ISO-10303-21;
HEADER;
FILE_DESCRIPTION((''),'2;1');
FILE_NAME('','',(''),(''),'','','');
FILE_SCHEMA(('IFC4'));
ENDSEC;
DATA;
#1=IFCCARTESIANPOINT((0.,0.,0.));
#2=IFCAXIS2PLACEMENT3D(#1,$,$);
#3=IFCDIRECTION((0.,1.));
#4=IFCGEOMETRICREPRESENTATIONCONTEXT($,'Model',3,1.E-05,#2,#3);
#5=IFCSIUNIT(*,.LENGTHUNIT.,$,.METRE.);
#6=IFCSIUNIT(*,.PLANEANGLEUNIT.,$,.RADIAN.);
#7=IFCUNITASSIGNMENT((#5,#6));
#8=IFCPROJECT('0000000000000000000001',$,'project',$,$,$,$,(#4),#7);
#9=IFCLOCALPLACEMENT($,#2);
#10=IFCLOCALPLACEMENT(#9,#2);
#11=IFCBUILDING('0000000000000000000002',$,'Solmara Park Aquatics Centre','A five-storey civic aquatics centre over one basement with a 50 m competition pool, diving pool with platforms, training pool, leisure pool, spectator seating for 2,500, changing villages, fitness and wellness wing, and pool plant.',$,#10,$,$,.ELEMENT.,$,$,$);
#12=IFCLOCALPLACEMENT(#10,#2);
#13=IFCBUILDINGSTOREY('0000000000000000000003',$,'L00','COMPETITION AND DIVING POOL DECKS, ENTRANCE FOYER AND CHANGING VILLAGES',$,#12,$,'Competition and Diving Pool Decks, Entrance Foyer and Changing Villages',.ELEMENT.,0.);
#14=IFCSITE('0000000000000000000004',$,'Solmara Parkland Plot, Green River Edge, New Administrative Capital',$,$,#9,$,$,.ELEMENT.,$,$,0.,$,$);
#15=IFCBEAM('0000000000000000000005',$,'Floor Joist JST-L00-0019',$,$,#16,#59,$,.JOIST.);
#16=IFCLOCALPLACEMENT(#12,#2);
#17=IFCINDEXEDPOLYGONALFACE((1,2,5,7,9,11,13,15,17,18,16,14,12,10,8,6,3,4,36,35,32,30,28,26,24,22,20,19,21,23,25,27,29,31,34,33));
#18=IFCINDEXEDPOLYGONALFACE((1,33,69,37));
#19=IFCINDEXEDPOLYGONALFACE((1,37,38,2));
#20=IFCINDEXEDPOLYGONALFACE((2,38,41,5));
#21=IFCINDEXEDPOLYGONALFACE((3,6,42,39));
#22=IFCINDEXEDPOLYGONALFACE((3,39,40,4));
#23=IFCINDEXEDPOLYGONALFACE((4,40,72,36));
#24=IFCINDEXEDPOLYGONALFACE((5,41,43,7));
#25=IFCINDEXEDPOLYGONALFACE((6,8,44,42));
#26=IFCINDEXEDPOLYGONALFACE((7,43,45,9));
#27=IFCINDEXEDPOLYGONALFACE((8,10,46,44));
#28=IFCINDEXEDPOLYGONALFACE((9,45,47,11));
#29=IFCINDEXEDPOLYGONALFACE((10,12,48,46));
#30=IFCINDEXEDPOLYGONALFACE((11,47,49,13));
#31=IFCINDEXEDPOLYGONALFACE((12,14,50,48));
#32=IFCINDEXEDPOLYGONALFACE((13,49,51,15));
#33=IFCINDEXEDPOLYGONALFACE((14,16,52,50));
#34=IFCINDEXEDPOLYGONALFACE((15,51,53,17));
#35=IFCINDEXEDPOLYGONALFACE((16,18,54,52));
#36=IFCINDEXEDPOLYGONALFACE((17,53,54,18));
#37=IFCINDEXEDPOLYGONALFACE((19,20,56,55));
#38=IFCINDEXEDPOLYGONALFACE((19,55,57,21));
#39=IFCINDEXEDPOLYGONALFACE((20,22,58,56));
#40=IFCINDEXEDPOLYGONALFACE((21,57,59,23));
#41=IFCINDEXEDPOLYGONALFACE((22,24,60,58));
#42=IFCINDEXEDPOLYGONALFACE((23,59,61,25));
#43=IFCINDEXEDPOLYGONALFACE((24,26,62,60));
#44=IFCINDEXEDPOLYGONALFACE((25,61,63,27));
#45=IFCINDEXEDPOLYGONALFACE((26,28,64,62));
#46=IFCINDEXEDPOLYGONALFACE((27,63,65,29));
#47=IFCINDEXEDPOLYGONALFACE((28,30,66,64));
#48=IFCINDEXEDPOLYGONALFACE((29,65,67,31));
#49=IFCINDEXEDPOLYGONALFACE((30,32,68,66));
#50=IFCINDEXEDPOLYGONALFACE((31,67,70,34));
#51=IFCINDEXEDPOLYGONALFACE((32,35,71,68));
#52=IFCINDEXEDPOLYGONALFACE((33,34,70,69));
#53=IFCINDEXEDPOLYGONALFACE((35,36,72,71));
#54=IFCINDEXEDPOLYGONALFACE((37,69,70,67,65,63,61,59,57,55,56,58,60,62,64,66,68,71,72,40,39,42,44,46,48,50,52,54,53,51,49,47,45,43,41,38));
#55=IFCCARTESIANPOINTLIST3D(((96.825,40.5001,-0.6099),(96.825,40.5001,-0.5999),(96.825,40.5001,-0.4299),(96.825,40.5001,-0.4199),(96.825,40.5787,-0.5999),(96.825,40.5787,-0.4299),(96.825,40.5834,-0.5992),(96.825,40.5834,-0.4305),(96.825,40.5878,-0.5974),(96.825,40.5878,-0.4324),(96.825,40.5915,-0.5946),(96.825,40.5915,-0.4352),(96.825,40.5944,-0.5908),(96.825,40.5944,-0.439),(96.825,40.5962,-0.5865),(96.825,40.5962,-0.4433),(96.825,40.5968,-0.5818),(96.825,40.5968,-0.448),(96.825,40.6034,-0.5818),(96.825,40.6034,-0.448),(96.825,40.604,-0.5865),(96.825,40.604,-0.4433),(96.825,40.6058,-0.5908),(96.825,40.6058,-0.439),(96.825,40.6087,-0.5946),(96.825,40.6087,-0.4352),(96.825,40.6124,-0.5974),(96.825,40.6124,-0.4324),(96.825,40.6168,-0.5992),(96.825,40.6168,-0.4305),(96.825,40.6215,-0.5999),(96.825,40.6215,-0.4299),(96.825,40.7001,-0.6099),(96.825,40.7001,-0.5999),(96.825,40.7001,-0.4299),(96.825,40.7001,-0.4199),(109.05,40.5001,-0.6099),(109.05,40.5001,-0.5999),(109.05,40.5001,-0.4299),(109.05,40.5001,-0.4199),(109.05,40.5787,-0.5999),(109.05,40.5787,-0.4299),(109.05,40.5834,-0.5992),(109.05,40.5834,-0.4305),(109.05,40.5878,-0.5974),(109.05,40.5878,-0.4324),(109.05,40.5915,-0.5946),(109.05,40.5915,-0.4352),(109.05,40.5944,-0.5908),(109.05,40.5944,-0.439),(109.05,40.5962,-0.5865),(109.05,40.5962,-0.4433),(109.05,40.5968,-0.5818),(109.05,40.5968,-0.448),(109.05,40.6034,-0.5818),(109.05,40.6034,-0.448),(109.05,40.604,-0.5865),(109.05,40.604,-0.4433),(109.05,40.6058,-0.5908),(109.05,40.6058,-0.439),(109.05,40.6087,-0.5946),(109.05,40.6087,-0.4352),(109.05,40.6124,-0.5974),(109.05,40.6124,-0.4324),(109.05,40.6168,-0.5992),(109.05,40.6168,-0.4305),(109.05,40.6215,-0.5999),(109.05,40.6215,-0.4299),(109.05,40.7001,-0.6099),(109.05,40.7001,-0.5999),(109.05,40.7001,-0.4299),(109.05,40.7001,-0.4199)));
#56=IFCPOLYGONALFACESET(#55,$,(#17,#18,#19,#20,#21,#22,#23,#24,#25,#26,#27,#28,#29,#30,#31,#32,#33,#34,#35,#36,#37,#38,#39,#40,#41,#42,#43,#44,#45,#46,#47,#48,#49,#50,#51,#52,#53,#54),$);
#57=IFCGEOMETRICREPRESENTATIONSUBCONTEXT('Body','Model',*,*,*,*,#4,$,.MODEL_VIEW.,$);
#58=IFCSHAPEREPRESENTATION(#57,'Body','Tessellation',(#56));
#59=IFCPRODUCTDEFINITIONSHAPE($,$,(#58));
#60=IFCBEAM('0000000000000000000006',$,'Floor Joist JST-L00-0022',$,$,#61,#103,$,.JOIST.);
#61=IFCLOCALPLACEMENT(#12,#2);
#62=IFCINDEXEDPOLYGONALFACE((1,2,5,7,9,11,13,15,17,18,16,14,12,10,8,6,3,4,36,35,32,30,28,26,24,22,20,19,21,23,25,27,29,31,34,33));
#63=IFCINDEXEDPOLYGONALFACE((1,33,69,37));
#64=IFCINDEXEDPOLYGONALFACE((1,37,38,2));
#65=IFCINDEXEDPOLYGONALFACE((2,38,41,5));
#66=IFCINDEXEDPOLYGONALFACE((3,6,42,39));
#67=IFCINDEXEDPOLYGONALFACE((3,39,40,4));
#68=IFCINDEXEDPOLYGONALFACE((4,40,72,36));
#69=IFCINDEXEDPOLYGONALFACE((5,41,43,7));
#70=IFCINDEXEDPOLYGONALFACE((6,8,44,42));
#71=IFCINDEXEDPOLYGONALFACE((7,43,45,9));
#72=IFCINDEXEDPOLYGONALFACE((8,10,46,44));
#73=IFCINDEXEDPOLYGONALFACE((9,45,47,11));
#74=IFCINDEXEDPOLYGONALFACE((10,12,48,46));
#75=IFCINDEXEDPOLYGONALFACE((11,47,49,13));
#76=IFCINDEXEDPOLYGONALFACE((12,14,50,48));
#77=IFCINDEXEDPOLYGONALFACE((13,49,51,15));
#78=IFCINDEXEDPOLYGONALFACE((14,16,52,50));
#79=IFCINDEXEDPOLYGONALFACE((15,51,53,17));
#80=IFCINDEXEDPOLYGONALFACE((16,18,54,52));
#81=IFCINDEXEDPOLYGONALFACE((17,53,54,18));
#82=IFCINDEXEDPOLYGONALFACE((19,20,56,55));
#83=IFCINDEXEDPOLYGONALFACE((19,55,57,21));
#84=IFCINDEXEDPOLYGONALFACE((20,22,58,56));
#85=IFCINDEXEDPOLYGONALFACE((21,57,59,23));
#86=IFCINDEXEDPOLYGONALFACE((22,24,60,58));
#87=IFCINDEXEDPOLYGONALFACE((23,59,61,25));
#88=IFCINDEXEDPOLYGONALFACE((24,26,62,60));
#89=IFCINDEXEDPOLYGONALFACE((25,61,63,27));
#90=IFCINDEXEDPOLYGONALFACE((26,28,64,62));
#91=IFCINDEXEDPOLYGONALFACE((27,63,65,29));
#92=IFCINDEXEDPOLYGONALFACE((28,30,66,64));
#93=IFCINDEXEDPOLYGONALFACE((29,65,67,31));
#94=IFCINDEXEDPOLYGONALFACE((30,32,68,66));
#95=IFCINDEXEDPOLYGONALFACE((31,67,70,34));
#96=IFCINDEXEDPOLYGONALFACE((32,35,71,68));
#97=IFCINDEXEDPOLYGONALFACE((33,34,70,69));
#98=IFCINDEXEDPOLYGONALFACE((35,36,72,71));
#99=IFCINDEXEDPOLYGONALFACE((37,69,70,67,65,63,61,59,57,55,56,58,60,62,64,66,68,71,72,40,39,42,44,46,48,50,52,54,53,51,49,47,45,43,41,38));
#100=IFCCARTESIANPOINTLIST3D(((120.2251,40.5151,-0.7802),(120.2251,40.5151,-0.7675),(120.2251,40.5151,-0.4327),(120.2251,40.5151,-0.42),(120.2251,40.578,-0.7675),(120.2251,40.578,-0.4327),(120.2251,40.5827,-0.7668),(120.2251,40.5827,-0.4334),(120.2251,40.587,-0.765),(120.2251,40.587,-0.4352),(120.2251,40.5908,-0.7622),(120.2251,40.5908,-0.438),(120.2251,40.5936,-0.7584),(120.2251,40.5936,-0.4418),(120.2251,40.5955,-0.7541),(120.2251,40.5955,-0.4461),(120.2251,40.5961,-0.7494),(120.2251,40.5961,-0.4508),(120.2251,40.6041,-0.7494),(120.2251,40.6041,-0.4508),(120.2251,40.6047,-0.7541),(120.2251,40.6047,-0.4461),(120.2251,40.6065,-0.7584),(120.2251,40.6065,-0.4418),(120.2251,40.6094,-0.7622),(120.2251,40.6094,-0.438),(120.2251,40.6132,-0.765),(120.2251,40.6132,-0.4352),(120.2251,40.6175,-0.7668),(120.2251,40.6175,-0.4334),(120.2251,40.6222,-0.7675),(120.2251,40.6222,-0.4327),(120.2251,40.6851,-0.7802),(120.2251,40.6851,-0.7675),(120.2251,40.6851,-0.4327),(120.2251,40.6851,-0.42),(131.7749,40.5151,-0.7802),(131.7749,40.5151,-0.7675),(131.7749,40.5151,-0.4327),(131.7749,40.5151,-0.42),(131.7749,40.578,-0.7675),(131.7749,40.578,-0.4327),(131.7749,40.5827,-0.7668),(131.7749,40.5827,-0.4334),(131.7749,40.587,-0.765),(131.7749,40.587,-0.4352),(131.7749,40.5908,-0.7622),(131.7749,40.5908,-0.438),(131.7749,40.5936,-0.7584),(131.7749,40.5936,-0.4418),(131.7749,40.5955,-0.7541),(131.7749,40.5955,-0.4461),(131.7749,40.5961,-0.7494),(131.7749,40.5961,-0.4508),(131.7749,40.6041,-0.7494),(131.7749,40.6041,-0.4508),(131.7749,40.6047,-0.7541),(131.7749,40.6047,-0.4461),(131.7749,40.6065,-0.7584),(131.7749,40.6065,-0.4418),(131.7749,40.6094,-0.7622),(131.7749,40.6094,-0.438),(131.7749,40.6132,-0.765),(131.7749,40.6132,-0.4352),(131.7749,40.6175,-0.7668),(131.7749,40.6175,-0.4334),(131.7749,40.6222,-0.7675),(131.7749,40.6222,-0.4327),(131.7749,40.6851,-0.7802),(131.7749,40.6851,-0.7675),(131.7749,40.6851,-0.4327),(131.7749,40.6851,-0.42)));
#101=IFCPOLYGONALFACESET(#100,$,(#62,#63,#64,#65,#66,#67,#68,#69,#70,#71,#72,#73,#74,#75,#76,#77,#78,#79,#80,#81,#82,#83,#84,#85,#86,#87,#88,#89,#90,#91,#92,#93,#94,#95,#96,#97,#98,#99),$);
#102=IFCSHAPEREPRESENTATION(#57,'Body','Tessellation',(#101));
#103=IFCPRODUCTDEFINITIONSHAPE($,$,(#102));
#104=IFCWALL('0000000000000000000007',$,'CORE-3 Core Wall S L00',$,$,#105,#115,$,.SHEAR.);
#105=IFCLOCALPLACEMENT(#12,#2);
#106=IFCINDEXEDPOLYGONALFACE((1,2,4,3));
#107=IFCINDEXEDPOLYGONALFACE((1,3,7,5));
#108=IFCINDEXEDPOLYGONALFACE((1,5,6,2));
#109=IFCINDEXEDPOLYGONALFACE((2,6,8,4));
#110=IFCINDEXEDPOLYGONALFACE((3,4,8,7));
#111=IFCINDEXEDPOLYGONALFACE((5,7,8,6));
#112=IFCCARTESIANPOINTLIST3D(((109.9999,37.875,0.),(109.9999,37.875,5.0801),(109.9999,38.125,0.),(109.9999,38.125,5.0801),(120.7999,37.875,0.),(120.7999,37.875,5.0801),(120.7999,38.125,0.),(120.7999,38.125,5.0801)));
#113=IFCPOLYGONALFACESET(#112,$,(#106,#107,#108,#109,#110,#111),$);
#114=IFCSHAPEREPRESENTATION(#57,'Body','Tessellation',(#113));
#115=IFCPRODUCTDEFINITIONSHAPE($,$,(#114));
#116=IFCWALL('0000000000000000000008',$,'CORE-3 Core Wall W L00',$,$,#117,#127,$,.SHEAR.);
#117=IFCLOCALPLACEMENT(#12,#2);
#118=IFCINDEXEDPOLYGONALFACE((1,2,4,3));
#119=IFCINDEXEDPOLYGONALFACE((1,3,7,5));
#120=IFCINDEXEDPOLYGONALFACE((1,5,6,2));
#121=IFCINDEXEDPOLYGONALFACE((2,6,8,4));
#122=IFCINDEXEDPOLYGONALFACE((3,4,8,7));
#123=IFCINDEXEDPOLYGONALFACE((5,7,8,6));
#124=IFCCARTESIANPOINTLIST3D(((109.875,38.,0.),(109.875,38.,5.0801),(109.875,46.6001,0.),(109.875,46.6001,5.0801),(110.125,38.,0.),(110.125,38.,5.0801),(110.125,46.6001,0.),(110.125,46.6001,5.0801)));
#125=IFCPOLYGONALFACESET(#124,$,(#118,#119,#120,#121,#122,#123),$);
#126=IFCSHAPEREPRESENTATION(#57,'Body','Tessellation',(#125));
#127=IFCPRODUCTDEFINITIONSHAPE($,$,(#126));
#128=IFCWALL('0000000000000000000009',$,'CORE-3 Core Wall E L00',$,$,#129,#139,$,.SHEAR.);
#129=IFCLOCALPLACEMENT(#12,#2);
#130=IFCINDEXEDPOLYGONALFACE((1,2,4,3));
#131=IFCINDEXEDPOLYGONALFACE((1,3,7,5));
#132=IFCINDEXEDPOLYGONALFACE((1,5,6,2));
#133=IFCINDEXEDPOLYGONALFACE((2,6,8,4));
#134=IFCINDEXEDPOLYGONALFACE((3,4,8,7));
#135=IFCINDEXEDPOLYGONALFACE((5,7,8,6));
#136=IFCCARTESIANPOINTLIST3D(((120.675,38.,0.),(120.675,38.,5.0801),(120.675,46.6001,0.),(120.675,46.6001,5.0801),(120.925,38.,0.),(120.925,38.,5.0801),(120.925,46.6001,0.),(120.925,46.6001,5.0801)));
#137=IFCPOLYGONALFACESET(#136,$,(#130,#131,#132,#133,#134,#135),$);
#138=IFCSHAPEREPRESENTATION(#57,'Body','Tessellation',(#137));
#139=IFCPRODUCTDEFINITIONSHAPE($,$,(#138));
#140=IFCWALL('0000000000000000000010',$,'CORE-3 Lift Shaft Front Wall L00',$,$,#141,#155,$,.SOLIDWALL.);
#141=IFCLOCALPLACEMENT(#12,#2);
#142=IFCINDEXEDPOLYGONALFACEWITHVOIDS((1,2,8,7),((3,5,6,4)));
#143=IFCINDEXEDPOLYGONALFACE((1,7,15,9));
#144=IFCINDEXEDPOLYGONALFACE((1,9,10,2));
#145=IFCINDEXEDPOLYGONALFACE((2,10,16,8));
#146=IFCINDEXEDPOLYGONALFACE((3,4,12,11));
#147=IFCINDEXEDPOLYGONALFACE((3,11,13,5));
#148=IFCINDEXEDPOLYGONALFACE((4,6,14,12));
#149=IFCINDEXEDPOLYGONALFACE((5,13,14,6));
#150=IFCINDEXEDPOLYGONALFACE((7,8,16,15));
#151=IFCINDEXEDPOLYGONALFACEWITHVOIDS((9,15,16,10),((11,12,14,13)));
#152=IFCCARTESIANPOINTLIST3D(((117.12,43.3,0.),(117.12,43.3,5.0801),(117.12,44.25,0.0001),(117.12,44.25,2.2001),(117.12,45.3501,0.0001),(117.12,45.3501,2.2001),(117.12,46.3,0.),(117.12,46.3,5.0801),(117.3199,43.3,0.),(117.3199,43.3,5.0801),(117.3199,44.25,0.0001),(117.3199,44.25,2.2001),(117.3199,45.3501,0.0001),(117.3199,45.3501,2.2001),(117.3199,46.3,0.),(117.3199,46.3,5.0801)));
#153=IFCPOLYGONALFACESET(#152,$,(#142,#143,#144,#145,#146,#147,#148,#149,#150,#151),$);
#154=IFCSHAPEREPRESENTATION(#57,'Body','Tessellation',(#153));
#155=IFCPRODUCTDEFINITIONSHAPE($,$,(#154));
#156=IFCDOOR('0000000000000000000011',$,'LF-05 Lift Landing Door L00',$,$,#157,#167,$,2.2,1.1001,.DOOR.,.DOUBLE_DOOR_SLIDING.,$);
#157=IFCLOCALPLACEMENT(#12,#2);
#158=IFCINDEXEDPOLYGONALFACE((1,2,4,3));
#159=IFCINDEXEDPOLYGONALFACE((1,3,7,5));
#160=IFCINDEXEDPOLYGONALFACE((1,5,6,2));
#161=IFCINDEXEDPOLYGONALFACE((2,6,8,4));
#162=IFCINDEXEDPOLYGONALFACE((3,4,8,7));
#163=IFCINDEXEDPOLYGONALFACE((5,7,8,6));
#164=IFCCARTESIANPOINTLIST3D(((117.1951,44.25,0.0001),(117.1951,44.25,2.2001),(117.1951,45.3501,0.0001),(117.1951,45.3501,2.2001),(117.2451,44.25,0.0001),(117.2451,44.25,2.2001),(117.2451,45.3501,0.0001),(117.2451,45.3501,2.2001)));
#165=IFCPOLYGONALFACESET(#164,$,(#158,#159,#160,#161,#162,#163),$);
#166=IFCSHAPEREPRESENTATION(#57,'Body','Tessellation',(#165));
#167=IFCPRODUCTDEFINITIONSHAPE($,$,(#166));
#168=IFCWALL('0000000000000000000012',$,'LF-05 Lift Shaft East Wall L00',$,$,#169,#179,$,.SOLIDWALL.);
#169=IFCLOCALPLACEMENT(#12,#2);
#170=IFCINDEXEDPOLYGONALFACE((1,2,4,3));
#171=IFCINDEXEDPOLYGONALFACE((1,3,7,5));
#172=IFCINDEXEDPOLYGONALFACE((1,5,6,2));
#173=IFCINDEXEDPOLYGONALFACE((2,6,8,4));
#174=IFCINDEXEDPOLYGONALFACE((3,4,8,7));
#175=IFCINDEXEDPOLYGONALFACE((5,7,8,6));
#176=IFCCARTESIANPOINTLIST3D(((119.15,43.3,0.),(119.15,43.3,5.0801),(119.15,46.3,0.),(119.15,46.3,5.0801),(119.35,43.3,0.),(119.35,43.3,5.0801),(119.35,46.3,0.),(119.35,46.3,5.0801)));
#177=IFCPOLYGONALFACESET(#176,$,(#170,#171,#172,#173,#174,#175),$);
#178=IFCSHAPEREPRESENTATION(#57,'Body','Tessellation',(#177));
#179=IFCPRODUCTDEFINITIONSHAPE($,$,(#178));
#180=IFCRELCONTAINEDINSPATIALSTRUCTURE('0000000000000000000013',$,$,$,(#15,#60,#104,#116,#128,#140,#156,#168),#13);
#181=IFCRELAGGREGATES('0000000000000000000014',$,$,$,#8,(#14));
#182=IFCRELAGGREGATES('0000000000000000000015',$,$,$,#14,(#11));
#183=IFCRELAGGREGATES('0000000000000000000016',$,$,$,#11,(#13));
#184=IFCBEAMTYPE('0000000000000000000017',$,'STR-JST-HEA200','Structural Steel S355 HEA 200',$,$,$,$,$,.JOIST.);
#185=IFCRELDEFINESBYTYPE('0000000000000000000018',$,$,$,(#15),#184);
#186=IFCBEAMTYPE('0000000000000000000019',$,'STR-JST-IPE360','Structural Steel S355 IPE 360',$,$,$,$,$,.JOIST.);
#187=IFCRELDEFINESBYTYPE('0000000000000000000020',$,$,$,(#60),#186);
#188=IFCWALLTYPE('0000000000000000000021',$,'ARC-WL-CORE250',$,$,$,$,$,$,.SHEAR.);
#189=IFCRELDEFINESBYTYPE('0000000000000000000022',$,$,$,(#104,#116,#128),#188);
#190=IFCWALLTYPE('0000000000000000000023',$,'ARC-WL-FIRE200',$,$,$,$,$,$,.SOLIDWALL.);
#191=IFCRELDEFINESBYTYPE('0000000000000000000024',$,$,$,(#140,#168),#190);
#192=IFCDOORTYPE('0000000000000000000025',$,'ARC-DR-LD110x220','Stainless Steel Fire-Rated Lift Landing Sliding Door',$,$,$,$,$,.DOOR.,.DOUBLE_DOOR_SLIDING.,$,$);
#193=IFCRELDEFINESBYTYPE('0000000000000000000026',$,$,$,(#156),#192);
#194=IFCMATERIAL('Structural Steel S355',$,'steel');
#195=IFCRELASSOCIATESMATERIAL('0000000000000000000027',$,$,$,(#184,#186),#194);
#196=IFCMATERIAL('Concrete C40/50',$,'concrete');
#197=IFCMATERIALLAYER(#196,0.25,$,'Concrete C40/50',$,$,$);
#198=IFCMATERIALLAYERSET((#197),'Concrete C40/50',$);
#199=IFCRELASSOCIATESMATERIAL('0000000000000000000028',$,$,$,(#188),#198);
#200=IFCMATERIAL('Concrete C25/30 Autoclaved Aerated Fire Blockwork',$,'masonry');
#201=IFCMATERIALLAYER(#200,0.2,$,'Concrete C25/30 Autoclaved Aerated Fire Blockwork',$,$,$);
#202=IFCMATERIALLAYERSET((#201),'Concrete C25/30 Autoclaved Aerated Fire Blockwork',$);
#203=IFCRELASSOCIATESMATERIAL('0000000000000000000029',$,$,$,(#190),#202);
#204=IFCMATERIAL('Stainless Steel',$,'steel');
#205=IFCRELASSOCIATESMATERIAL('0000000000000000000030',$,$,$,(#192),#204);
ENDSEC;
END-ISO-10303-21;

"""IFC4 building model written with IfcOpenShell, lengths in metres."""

from ifc_helpers import new_model, si_unit, direction, frame, frame_2d, origin, origin_2d, place, context, subcontext, project, spatial, rectangle, i_section, extrude, material, layer, layer_set, material_profile, profile_set, type_object, element, fill, save


model = new_model("IFC4")

# Units and contexts
model_context = context("Model", 3, precision=1e-05, world=origin(), true_north=direction((0.0, 1.0)))
body_context = subcontext(model_context, "Body", "Model", "MODEL_VIEW")
ifc_project = project(units=[si_unit("LENGTHUNIT", "METRE"), si_unit("PLANEANGLEUNIT", "RADIAN")], contexts=[model_context])

# Site, building, storey
site_placement = place(None, origin())
site = spatial("IfcSite", under=ifc_project, at=site_placement, Name="Solmara Parkland Plot, Green River Edge, New Administrative Capital", CompositionType="ELEMENT", RefElevation=0.0)
building_placement = place(site_placement, origin())
building = spatial("IfcBuilding", under=site, at=building_placement, Name="Solmara Park Aquatics Centre", Description="A five-storey civic aquatics centre over one basement with a 50 m competition pool, diving pool with platforms, training pool, leisure pool, spectator seating for 2,500, changing villages, fitness and wellness wing, and pool plant.", CompositionType="ELEMENT")
storey_placement = place(building_placement, origin())
storey = spatial("IfcBuildingStorey", under=building, at=storey_placement, Name="L00", Description="COMPETITION AND DIVING POOL DECKS, ENTRANCE FOYER AND CHANGING VILLAGES", LongName="Competition and Diving Pool Decks, Entrance Foyer and Changing Villages", CompositionType="ELEMENT", Elevation=0.0)

# Shared definitions
ifc_material_1 = material(Name="Structural Steel S355", Category="steel")
ifc_material_2 = material(Name="Concrete C40/50", Category="concrete")

# Beams
ifc_material_profile_1 = material_profile(ifc_material_1, i_section(OverallWidth=0.2, OverallDepth=0.1899, WebThickness=0.0066, FlangeThickness=0.01, FilletRadius=0.0181, at=origin_2d()), Name="HEA 200")
ifc_profile_set_1 = profile_set([ifc_material_profile_1], Name="Structural Steel S355")
beam_type_1 = type_object("IfcBeamType", Name="STR-JST-HEA200", Description="Structural Steel S355 HEA 200", PredefinedType="JOIST", material=ifc_profile_set_1)
beam_1_placement = place(storey_placement, frame((96.825, 40.6001, -0.5149), z_axis=(1.0, 0.0, 0.0), x_axis=(0.0, 1.0, 0.0)))
element("IfcBeam", 1, at=beam_1_placement, inside=storey, type_object=beam_type_1, Name="Floor Joist JST-L00-0019", PredefinedType="JOIST", context=body_context, shape_type="SweptSolid", body=[
    extrude(i_section(OverallWidth=0.2, OverallDepth=0.1899, WebThickness=0.0066, FlangeThickness=0.01, FilletRadius=0.0181, at=origin_2d()), origin(), (0.0, 0.0, 1.0), 12.2251),
])
ifc_material_profile_2 = material_profile(ifc_material_1, i_section(OverallWidth=0.1699, OverallDepth=0.3601, WebThickness=0.0081, FlangeThickness=0.0127, FilletRadius=0.0181, at=origin_2d()), Name="IPE 360")
ifc_profile_set_2 = profile_set([ifc_material_profile_2], Name="Structural Steel S355")
beam_type_2 = type_object("IfcBeamType", Name="STR-JST-IPE360", Description="Structural Steel S355 IPE 360", PredefinedType="JOIST", material=ifc_profile_set_2)
beam_2_placement = place(storey_placement, frame((120.2251, 40.6001, -0.6001), z_axis=(1.0, 0.0, 0.0), x_axis=(0.0, 1.0, 0.0)))
element("IfcBeam", 2, at=beam_2_placement, inside=storey, type_object=beam_type_2, Name="Floor Joist JST-L00-0022", PredefinedType="JOIST", context=body_context, shape_type="SweptSolid", body=[
    extrude(i_section(OverallWidth=0.1699, OverallDepth=0.3601, WebThickness=0.0081, FlangeThickness=0.0127, FilletRadius=0.0181, at=origin_2d()), origin(), (0.0, 0.0, 1.0), 11.5498),
])

# Walls
ifc_layer_1 = layer(ifc_material_2, 0.25, Name="Concrete C40/50")
ifc_layer_set_1 = layer_set([ifc_layer_1], Name="Concrete C40/50")
wall_type_1 = type_object("IfcWallType", Name="ARC-WL-CORE250", PredefinedType="SHEAR", material=ifc_layer_set_1)
wall_1_placement = place(storey_placement, frame((110.0, 38.0, 0.0), z_axis=(0.0, 0.0, 1.0), x_axis=(1.0, 0.0, 0.0)))
element("IfcWall", 3, at=wall_1_placement, inside=storey, type_object=wall_type_1, Name="CORE-3 Core Wall S L00", PredefinedType="SHEAR", context=body_context, shape_type="SweptSolid", body=[
    extrude(rectangle(XDim=10.8, YDim=0.25, at=frame_2d((5.3999, 0.0))), origin(), (0.0, 0.0, 1.0), 5.0801),
])
for number, where, z_axis, x_axis, name in (
    (4, (110.0, 38.0, 0.0), (0.0, 0.0, 1.0), (0.0, 1.0, 0.0), "CORE-3 Core Wall W L00"),
    (5, (120.8, 38.0, 0.0), (0.0, 0.0, 1.0), (0.0, 1.0, 0.0), "CORE-3 Core Wall E L00"),
):
    element("IfcWall", number, at=place(storey_placement, frame(where, z_axis=z_axis, x_axis=x_axis)), inside=storey, type_object=wall_type_1, Name=name, PredefinedType="SHEAR", context=body_context, shape_type="SweptSolid", body=[
        extrude(rectangle(XDim=8.6001, YDim=0.25, at=frame_2d((4.3, 0.0))), origin(), (0.0, 0.0, 1.0), 5.0801),
    ])

# Wall, opening, door
ifc_material_3 = material(Name="Concrete C25/30 Autoclaved Aerated Fire Blockwork", Category="masonry")
ifc_layer_2 = layer(ifc_material_3, 0.2, Name="Concrete C25/30 Autoclaved Aerated Fire Blockwork")
ifc_layer_set_2 = layer_set([ifc_layer_2], Name="Concrete C25/30 Autoclaved Aerated Fire Blockwork")
wall_type_2 = type_object("IfcWallType", Name="ARC-WL-FIRE200", PredefinedType="SOLIDWALL", material=ifc_layer_set_2)
wall_2_placement = place(storey_placement, frame((117.22, 43.3, 0.0), z_axis=(0.0, 0.0, 1.0), x_axis=(0.0, 1.0, 0.0)))
wall_2 = element("IfcWall", 6, at=wall_2_placement, inside=storey, type_object=wall_type_2, Name="CORE-3 Lift Shaft Front Wall L00", PredefinedType="SOLIDWALL", context=body_context, shape_type="SweptSolid", body=[
    extrude(rectangle(XDim=3.0, YDim=0.2, at=frame_2d((1.5, 0.0))), origin(), (0.0, 0.0, 1.0), 5.0801),
])
opening_1_placement = place(wall_2_placement, frame((0.95, 0.0, 0.0)))
opening_1 = element("IfcOpeningElement", 7, at=opening_1_placement, cuts=wall_2, PredefinedType="OPENING", context=body_context, shape_type="SweptSolid", body=[
    extrude(rectangle(XDim=1.1001, YDim=2.2, at=frame_2d((0.55, 1.1001))), frame((0.0, 0.1099, 0.0), z_axis=(0.0, -1.0, 0.0), x_axis=(1.0, 0.0, 0.0)), (0.0, 0.0, 1.0), 0.22),
])
ifc_material_4 = material(Name="Stainless Steel", Category="steel")
door_type_1 = type_object("IfcDoorType", Name="ARC-DR-LD110x220", Description="Stainless Steel Fire-Rated Lift Landing Sliding Door", OperationType="DOUBLE_DOOR_SLIDING", PredefinedType="DOOR", material=ifc_material_4)
door_1_placement = place(opening_1_placement, origin())
door_1 = element("IfcDoor", 8, at=door_1_placement, inside=storey, type_object=door_type_1, Name="LF-05 Lift Landing Door L00", OperationType="DOUBLE_DOOR_SLIDING", OverallHeight=2.2, OverallWidth=1.1001, PredefinedType="DOOR", context=body_context, shape_type="SweptSolid", body=[
    extrude(rectangle(XDim=1.1001, YDim=2.2, at=frame_2d((0.55, 1.1001))), frame((0.0, 0.0249, 0.0), z_axis=(0.0, -1.0, 0.0), x_axis=(1.0, 0.0, 0.0)), (0.0, 0.0, 1.0), 0.05),
])
fill(opening_1, door_1)

# Wall
wall_3_placement = place(storey_placement, frame((119.25, 43.3, 0.0), z_axis=(0.0, 0.0, 1.0), x_axis=(0.0, 1.0, 0.0)))
element("IfcWall", 9, at=wall_3_placement, inside=storey, type_object=wall_type_2, Name="LF-05 Lift Shaft East Wall L00", PredefinedType="SOLIDWALL", context=body_context, shape_type="SweptSolid", body=[
    extrude(rectangle(XDim=3.0, YDim=0.2, at=frame_2d((1.5, 0.0))), origin(), (0.0, 0.0, 1.0), 5.0801),
])

save(model, "model.ifc")
